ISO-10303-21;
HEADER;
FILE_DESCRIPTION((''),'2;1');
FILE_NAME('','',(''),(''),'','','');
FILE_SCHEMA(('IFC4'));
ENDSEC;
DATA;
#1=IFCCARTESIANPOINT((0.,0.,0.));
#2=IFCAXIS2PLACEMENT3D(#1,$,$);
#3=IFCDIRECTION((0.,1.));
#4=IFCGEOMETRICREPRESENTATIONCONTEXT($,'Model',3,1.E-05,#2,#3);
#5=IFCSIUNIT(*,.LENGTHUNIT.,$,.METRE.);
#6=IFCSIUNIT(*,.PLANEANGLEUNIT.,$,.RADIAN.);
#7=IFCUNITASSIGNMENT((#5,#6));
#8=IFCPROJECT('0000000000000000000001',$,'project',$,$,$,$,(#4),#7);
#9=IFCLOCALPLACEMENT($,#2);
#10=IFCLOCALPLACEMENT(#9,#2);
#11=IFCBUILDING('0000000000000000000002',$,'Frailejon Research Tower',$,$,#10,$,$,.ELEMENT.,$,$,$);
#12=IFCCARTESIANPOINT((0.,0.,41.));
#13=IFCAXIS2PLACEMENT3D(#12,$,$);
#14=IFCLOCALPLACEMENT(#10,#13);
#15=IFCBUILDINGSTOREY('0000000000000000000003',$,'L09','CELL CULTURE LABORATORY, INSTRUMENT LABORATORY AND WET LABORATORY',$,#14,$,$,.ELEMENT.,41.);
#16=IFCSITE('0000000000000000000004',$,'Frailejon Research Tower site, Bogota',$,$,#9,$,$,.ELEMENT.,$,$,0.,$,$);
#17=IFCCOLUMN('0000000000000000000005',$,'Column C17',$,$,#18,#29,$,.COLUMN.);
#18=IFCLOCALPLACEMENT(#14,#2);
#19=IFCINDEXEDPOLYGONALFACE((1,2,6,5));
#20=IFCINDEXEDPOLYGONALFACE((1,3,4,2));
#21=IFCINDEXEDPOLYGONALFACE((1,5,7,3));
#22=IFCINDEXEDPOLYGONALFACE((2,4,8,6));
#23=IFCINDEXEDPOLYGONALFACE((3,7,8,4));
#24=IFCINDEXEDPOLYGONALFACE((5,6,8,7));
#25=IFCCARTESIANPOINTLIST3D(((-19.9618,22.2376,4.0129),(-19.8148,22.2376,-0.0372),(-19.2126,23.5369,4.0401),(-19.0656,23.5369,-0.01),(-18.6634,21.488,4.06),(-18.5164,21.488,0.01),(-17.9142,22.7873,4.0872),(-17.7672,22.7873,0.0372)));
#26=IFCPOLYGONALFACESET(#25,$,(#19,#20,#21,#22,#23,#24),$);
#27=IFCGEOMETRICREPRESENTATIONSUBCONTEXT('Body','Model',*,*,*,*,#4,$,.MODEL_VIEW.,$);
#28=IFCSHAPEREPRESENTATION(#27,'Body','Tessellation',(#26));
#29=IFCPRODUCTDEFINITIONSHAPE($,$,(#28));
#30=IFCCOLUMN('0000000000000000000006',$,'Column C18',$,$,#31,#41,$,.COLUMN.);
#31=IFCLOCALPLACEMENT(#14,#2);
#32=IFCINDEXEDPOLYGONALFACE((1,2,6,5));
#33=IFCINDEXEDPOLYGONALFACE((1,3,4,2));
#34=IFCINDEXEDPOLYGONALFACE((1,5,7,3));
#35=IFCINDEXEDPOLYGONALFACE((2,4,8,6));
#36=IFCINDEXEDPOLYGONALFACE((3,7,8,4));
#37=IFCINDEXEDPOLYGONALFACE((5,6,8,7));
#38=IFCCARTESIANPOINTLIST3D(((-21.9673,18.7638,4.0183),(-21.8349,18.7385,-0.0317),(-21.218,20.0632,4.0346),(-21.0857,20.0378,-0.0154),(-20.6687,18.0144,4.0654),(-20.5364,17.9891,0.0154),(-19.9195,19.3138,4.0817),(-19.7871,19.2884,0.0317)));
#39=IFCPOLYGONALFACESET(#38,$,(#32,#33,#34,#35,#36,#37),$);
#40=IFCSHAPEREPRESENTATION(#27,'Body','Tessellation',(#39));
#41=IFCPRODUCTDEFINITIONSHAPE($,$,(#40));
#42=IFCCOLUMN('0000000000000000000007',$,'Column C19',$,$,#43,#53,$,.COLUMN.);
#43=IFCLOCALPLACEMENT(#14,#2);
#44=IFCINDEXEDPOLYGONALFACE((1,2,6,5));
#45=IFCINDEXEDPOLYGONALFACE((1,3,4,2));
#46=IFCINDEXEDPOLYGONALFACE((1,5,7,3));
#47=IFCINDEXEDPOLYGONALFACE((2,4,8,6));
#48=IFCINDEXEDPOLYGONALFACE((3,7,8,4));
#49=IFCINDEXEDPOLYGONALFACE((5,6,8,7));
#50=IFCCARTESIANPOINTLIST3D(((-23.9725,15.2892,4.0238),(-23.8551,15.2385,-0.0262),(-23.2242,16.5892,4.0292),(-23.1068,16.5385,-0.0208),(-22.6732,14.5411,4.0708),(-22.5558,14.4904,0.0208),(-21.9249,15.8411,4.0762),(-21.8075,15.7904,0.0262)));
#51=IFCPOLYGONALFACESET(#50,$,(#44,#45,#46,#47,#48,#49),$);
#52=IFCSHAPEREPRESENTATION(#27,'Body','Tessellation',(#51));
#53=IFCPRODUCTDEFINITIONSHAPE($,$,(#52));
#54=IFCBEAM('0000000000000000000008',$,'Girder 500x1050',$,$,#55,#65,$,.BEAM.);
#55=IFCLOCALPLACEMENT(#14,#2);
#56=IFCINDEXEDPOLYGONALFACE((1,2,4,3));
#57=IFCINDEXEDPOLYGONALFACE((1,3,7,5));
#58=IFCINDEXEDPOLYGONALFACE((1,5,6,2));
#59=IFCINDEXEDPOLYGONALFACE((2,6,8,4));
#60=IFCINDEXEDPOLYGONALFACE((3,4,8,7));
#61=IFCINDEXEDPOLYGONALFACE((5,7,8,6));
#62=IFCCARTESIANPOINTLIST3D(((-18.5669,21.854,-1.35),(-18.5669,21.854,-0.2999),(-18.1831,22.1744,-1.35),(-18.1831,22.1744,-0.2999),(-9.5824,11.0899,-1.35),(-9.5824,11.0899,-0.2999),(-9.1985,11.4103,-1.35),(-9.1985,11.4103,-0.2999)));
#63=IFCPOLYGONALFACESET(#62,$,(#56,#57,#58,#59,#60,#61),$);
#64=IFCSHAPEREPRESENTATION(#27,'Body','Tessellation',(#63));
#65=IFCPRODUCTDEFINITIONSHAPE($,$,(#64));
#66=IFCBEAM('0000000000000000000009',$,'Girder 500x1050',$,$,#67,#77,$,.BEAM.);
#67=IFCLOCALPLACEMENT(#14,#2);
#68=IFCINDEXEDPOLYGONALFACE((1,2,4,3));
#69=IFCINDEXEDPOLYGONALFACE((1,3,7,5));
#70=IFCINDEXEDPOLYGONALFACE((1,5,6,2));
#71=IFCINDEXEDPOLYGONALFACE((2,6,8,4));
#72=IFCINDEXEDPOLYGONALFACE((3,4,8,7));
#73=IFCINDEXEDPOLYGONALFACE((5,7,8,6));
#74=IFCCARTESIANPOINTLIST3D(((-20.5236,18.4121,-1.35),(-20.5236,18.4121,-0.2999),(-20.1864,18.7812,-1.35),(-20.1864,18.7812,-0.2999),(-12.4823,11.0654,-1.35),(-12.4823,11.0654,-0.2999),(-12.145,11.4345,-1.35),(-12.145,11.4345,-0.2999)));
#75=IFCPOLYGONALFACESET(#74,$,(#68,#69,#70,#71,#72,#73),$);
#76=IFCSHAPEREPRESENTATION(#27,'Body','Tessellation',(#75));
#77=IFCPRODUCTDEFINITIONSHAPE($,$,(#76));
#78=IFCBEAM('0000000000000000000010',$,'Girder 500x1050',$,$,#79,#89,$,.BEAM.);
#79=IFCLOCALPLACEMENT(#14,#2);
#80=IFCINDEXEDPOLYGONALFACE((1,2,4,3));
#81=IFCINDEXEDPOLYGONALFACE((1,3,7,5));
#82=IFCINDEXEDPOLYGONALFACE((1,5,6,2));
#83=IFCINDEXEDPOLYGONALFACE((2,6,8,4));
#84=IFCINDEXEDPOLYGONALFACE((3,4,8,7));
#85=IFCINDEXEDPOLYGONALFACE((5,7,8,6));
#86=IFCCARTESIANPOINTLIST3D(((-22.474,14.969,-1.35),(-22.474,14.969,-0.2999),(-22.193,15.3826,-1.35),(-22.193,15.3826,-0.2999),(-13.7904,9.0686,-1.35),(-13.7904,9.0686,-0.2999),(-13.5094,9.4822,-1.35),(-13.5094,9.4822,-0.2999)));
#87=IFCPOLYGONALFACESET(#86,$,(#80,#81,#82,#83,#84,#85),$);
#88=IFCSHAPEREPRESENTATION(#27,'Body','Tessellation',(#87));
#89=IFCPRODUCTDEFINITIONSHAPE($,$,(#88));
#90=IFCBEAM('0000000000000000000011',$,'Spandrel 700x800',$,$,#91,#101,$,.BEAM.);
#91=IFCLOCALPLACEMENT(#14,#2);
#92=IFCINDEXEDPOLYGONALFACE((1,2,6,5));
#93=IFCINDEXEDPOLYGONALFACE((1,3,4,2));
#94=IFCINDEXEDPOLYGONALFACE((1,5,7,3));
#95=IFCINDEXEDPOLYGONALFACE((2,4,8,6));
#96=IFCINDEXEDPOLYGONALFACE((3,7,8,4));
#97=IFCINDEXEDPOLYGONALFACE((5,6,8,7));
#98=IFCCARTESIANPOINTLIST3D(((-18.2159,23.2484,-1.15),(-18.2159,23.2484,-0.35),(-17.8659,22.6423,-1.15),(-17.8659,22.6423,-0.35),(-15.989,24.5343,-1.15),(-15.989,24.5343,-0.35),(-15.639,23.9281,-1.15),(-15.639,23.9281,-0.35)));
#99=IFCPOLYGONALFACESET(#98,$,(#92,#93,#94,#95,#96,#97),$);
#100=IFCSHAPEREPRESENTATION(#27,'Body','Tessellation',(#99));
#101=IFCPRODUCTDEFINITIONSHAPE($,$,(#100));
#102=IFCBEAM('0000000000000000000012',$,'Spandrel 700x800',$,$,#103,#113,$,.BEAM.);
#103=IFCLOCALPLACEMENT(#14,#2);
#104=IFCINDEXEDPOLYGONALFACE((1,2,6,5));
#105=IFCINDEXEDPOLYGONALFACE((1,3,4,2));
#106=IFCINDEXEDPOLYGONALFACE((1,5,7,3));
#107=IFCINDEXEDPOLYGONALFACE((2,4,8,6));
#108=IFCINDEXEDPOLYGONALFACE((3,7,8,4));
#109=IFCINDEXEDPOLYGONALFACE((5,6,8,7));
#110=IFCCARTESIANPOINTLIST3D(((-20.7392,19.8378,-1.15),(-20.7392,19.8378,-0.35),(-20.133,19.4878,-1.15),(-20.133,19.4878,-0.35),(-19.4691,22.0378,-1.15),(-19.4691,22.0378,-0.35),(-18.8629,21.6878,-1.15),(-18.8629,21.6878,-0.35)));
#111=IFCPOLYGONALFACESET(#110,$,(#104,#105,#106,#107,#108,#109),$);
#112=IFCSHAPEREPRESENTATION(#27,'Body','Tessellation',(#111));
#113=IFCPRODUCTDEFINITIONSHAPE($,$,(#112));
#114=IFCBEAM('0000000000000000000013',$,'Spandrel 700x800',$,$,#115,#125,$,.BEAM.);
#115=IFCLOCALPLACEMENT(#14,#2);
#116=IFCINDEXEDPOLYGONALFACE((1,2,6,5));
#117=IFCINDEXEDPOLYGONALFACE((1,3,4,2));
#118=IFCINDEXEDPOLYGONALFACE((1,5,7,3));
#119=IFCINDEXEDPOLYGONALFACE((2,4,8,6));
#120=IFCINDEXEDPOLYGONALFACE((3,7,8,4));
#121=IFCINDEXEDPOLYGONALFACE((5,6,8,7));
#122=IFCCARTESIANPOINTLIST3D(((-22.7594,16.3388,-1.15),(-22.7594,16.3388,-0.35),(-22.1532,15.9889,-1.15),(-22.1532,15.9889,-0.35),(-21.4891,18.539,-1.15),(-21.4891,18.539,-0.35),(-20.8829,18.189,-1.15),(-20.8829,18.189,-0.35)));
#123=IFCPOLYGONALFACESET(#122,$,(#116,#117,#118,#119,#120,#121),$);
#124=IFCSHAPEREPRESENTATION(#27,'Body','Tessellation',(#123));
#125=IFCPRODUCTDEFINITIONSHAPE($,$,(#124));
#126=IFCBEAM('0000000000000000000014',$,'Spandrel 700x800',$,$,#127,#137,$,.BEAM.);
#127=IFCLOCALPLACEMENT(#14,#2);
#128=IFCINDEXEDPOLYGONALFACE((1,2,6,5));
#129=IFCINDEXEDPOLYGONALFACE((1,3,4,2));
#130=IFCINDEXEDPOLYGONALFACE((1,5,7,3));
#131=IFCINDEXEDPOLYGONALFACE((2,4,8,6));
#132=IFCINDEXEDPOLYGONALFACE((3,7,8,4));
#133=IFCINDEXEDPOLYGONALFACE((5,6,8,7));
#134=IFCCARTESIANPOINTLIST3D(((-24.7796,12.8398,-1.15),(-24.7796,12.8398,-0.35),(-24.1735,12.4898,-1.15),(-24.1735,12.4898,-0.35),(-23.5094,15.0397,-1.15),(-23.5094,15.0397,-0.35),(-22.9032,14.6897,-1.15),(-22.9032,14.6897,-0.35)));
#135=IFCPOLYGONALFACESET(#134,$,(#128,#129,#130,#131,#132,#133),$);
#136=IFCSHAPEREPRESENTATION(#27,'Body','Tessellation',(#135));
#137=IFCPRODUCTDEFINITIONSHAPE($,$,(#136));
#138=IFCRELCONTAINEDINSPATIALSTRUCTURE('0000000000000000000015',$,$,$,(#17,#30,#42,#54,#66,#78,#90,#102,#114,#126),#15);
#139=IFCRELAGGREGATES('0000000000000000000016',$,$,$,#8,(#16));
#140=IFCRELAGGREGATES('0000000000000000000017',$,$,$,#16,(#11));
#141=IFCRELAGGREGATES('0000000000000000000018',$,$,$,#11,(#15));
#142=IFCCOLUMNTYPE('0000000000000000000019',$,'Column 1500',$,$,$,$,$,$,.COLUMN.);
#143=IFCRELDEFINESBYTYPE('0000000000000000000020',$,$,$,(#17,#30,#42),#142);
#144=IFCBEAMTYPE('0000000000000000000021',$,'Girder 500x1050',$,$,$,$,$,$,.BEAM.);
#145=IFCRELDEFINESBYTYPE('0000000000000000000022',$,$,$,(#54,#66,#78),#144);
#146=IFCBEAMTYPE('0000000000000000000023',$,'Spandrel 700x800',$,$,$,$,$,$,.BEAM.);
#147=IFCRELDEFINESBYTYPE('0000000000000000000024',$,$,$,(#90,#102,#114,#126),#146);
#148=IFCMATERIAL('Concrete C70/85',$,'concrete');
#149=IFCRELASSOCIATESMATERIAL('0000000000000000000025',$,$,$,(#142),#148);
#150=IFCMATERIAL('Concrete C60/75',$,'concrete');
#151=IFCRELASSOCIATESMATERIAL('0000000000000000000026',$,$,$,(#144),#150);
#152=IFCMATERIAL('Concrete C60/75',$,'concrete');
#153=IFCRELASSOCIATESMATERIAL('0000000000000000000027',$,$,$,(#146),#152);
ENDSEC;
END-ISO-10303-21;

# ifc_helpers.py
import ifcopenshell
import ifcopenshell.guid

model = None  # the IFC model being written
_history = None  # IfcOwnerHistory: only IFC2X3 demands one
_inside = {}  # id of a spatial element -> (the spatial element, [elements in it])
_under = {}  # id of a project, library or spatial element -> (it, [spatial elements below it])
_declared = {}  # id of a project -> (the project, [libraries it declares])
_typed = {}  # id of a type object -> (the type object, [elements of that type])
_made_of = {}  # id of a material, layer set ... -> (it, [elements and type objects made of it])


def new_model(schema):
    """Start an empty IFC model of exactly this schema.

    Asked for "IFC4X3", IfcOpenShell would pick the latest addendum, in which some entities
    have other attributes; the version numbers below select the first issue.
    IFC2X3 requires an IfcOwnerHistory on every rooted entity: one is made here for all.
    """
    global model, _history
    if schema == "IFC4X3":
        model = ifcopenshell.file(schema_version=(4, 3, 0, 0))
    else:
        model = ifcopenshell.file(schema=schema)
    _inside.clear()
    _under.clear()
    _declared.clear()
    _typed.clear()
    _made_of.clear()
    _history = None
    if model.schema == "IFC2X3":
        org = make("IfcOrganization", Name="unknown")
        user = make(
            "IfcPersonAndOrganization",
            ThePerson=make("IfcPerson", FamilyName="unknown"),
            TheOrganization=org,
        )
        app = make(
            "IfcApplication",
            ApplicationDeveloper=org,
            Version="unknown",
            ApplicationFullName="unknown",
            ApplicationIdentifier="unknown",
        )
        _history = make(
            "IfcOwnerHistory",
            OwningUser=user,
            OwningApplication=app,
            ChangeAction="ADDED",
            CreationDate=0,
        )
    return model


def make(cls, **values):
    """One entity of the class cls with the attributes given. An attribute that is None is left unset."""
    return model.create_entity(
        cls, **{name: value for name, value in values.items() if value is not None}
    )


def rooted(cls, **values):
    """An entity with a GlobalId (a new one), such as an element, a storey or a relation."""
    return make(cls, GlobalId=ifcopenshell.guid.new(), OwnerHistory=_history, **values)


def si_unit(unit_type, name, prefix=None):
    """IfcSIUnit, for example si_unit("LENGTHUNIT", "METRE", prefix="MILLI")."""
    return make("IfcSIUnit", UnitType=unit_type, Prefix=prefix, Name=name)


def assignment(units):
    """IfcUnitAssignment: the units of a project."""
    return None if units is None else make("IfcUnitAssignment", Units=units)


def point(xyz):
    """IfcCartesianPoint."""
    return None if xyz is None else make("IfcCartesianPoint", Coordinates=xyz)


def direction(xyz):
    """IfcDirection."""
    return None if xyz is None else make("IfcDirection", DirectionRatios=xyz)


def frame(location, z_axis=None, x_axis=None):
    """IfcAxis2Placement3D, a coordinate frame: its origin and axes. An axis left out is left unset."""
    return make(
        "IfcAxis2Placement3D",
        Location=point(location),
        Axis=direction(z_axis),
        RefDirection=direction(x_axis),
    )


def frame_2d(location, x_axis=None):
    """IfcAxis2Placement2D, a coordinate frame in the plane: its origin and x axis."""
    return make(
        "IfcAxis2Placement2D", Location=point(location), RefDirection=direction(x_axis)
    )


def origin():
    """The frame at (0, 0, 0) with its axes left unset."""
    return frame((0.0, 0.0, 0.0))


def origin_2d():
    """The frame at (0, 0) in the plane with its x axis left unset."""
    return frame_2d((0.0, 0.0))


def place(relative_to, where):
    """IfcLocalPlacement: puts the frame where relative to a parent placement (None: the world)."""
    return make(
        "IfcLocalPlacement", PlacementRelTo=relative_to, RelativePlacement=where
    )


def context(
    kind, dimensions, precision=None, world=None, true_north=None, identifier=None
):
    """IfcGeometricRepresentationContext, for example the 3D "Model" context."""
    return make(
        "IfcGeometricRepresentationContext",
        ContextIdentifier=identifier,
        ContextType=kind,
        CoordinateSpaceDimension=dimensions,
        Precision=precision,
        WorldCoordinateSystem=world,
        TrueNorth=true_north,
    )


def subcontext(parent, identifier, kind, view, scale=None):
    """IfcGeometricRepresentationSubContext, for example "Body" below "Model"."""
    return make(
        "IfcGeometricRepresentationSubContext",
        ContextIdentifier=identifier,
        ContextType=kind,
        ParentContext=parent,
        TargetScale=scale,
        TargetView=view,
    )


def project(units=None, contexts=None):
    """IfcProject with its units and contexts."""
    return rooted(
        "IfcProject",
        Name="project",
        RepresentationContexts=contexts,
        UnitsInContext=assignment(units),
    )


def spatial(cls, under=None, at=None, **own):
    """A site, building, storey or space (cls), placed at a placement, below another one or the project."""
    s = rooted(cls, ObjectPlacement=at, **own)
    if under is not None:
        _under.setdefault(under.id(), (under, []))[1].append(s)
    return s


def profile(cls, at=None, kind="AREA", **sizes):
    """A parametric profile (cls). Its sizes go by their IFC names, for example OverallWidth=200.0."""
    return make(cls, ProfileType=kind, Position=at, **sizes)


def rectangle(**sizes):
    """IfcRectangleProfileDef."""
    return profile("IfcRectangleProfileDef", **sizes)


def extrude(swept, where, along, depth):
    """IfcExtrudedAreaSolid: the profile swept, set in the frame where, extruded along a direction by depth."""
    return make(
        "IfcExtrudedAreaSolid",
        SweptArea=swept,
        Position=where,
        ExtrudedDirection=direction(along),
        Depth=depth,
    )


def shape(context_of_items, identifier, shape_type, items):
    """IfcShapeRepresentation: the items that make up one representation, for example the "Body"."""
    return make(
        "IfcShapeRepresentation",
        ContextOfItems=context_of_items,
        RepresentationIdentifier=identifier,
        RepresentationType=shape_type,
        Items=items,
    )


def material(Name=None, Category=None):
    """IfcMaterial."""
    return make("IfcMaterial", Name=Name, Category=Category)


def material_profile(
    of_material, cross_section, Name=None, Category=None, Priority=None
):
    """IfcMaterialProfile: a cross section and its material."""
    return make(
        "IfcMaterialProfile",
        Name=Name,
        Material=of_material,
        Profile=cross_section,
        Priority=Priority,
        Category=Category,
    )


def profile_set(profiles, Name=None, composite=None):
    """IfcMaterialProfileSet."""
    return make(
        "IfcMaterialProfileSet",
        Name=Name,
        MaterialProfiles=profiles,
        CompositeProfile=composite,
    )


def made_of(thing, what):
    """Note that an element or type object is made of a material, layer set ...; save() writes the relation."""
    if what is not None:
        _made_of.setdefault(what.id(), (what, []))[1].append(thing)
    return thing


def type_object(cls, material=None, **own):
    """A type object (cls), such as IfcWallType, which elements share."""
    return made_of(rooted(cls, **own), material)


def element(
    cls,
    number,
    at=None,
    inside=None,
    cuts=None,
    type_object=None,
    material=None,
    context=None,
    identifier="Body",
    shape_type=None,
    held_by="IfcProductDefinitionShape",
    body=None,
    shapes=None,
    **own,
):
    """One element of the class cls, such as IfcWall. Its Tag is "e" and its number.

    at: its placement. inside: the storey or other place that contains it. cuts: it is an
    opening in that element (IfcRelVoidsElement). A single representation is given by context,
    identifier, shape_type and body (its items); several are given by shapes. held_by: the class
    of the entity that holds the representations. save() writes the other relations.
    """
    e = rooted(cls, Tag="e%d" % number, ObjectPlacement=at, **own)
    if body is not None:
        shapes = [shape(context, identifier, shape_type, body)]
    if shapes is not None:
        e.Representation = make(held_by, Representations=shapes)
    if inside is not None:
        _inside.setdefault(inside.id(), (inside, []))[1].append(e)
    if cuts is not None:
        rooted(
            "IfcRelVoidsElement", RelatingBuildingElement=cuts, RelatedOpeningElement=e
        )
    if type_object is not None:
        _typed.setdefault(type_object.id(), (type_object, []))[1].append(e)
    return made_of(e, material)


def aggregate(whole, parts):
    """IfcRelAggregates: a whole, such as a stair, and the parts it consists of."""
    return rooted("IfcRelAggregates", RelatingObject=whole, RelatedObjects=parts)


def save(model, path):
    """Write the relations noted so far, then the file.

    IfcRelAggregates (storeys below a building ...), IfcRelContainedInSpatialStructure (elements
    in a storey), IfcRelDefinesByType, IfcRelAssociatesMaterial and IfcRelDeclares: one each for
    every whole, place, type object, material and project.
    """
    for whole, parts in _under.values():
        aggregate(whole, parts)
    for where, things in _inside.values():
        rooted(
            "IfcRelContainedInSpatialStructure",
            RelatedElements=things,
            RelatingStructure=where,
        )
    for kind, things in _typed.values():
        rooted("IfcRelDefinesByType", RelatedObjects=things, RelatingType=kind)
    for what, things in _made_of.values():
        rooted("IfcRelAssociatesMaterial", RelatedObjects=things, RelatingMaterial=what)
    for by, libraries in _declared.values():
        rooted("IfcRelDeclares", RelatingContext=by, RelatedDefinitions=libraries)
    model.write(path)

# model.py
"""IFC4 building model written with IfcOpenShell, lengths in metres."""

from ifc_helpers import new_model, si_unit, direction, frame, origin, origin_2d, place, context, subcontext, project, spatial, rectangle, extrude, material, material_profile, profile_set, type_object, element, save


model = new_model("IFC4")

# Units and contexts
model_context = context("Model", 3, precision=1e-05, world=origin(), true_north=direction((0.0, 1.0)))
body_context = subcontext(model_context, "Body", "Model", "MODEL_VIEW")
ifc_project = project(units=[si_unit("LENGTHUNIT", "METRE"), si_unit("PLANEANGLEUNIT", "RADIAN")], contexts=[model_context])

# Site, building, storey
site_placement = place(None, origin())
site = spatial("IfcSite", under=ifc_project, at=site_placement, Name="Frailejon Research Tower site, Bogota", CompositionType="ELEMENT", RefElevation=0.0)
building_placement = place(site_placement, origin())
building = spatial("IfcBuilding", under=site, at=building_placement, Name="Frailejon Research Tower", CompositionType="ELEMENT")
storey_placement = place(building_placement, frame((0.0, 0.0, 41.0)))
storey = spatial("IfcBuildingStorey", under=building, at=storey_placement, Name="L09", Description="CELL CULTURE LABORATORY, INSTRUMENT LABORATORY AND WET LABORATORY", CompositionType="ELEMENT", Elevation=41.0)

# Columns
ifc_material_1 = material(Name="Concrete C70/85", Category="concrete")
ifc_material_profile_1 = material_profile(ifc_material_1, rectangle(XDim=1.5, YDim=1.5, at=origin_2d()), Name="Column 1500")
ifc_profile_set_1 = profile_set([ifc_material_profile_1], Name="Concrete C70/85")
column_type = type_object("IfcColumnType", Name="Column 1500", PredefinedType="COLUMN", material=ifc_profile_set_1)
column_1_placement = place(storey_placement, frame((-18.791, 22.5125, 0.0), z_axis=(-0.036265, 0.0, 0.999342), x_axis=(-0.499425, -0.866168, -0.018124)))
element("IfcColumn", 1, at=column_1_placement, inside=storey, type_object=column_type, Name="Column C17", PredefinedType="COLUMN", context=body_context, shape_type="SweptSolid", body=[
    extrude(rectangle(XDim=1.5, YDim=1.5, at=origin_2d()), origin(), (0.0, 0.0, 1.0), 4.0527),
])
column_2_placement = place(storey_placement, frame((-20.811, 19.0134, 0.0), z_axis=(-0.032654, 0.006266, 0.999447), x_axis=(-0.49952, -0.866234, -0.01089)))
element("IfcColumn", 2, at=column_2_placement, inside=storey, type_object=column_type, Name="Column C18", PredefinedType="COLUMN", context=body_context, shape_type="SweptSolid", body=[
    extrude(rectangle(XDim=1.5, YDim=1.5, at=origin_2d()), origin(), (0.0, 0.0, 1.0), 4.0522),
])
column_3_placement = place(storey_placement, frame((-22.8313, 15.5144, 0.0), z_axis=(-0.028981, 0.012532, 0.999501), x_axis=(-0.498879, -0.866664, -0.003598)))
element("IfcColumn", 3, at=column_3_placement, inside=storey, type_object=column_type, Name="Column C19", PredefinedType="COLUMN", context=body_context, shape_type="SweptSolid", body=[
    extrude(rectangle(XDim=1.5, YDim=1.5, at=origin_2d()), origin(), (0.0, 0.0, 1.0), 4.052),
])

# Beams
ifc_material_2 = material(Name="Concrete C60/75", Category="concrete")
ifc_material_profile_2 = material_profile(ifc_material_2, rectangle(XDim=0.5, YDim=1.05, at=origin_2d()), Name="Girder 500x1050")
ifc_profile_set_2 = profile_set([ifc_material_profile_2], Name="Concrete C60/75")
beam_type_1 = type_object("IfcBeamType", Name="Girder 500x1050", PredefinedType="BEAM", material=ifc_profile_set_2)
beam_1_placement = place(storey_placement, frame((-18.375, 22.0142, -0.825), z_axis=(0.640794, -0.767713, 0.0), x_axis=(0.767713, 0.640794, 0.0)))
element("IfcBeam", 4, at=beam_1_placement, inside=storey, type_object=beam_type_1, Name="Girder 500x1050", PredefinedType="BEAM", context=body_context, shape_type="SweptSolid", body=[
    extrude(rectangle(XDim=0.5, YDim=1.05, at=origin_2d()), origin(), (0.0, 0.0, 1.0), 14.021),
])
beam_2_placement = place(storey_placement, frame((-20.355, 18.5967, -0.825), z_axis=(0.738272, -0.674503, 0.0), x_axis=(0.674503, 0.738272, 0.0)))
element("IfcBeam", 5, at=beam_2_placement, inside=storey, type_object=beam_type_1, Name="Girder 500x1050", PredefinedType="BEAM", context=body_context, shape_type="SweptSolid", body=[
    extrude(rectangle(XDim=0.5, YDim=1.05, at=origin_2d()), origin(), (0.0, 0.0, 1.0), 10.8921),
])
beam_3_placement = place(storey_placement, frame((-22.3335, 15.1758, -0.825), z_axis=(0.827124, -0.56202, 0.0), x_axis=(0.56202, 0.827124, 0.0)))
element("IfcBeam", 6, at=beam_3_placement, inside=storey, type_object=beam_type_1, Name="Girder 500x1050", PredefinedType="BEAM", context=body_context, shape_type="SweptSolid", body=[
    extrude(rectangle(XDim=0.5, YDim=1.05, at=origin_2d()), origin(), (0.0, 0.0, 1.0), 10.4985),
])
ifc_material_3 = material(Name="Concrete C60/75", Category="concrete")
ifc_material_profile_3 = material_profile(ifc_material_3, rectangle(XDim=0.7, YDim=0.8, at=origin_2d()), Name="Spandrel 700x800")
ifc_profile_set_3 = profile_set([ifc_material_profile_3], Name="Concrete C60/75")
beam_type_2 = type_object("IfcBeamType", Name="Spandrel 700x800", PredefinedType="BEAM", material=ifc_profile_set_3)
beam_4_placement = place(storey_placement, frame((-15.814, 24.2312, -0.75), z_axis=(-0.866009, -0.500029, 0.0), x_axis=(0.500029, -0.866009, 0.0)))
element("IfcBeam", 7, at=beam_4_placement, inside=storey, type_object=beam_type_2, Name="Spandrel 700x800", PredefinedType="BEAM", context=body_context, shape_type="SweptSolid", body=[
    extrude(rectangle(XDim=0.7, YDim=0.8, at=origin_2d()), origin(), (0.0, 0.0, 1.0), 2.5715),
])
beam_5_placement = place(storey_placement, frame((-19.166, 21.8628, -0.75), z_axis=(-0.499964, -0.866046, 0.0), x_axis=(0.866046, -0.499964, 0.0)))
element("IfcBeam", 8, at=beam_5_placement, inside=storey, type_object=beam_type_2, Name="Spandrel 700x800", PredefinedType="BEAM", context=body_context, shape_type="SweptSolid", body=[
    extrude(rectangle(XDim=0.7, YDim=0.8, at=origin_2d()), origin(), (0.0, 0.0, 1.0), 2.5403),
])
beam_6_placement = place(storey_placement, frame((-21.186, 18.364, -0.75), z_axis=(-0.499994, -0.866029, 0.0), x_axis=(0.866029, -0.499994, 0.0)))
element("IfcBeam", 9, at=beam_6_placement, inside=storey, type_object=beam_type_2, Name="Spandrel 700x800", PredefinedType="BEAM", context=body_context, shape_type="SweptSolid", body=[
    extrude(rectangle(XDim=0.7, YDim=0.8, at=origin_2d()), origin(), (0.0, 0.0, 1.0), 2.5405),
])
beam_7_placement = place(storey_placement, frame((-23.2063, 14.8647, -0.75), z_axis=(-0.500036, -0.866005, 0.0), x_axis=(0.866005, -0.500036, 0.0)))
element("IfcBeam", 10, at=beam_7_placement, inside=storey, type_object=beam_type_2, Name="Spandrel 700x800", PredefinedType="BEAM", context=body_context, shape_type="SweptSolid", body=[
    extrude(rectangle(XDim=0.7, YDim=0.8, at=origin_2d()), origin(), (0.0, 0.0, 1.0), 2.5403),
])

save(model, "model.ifc")
